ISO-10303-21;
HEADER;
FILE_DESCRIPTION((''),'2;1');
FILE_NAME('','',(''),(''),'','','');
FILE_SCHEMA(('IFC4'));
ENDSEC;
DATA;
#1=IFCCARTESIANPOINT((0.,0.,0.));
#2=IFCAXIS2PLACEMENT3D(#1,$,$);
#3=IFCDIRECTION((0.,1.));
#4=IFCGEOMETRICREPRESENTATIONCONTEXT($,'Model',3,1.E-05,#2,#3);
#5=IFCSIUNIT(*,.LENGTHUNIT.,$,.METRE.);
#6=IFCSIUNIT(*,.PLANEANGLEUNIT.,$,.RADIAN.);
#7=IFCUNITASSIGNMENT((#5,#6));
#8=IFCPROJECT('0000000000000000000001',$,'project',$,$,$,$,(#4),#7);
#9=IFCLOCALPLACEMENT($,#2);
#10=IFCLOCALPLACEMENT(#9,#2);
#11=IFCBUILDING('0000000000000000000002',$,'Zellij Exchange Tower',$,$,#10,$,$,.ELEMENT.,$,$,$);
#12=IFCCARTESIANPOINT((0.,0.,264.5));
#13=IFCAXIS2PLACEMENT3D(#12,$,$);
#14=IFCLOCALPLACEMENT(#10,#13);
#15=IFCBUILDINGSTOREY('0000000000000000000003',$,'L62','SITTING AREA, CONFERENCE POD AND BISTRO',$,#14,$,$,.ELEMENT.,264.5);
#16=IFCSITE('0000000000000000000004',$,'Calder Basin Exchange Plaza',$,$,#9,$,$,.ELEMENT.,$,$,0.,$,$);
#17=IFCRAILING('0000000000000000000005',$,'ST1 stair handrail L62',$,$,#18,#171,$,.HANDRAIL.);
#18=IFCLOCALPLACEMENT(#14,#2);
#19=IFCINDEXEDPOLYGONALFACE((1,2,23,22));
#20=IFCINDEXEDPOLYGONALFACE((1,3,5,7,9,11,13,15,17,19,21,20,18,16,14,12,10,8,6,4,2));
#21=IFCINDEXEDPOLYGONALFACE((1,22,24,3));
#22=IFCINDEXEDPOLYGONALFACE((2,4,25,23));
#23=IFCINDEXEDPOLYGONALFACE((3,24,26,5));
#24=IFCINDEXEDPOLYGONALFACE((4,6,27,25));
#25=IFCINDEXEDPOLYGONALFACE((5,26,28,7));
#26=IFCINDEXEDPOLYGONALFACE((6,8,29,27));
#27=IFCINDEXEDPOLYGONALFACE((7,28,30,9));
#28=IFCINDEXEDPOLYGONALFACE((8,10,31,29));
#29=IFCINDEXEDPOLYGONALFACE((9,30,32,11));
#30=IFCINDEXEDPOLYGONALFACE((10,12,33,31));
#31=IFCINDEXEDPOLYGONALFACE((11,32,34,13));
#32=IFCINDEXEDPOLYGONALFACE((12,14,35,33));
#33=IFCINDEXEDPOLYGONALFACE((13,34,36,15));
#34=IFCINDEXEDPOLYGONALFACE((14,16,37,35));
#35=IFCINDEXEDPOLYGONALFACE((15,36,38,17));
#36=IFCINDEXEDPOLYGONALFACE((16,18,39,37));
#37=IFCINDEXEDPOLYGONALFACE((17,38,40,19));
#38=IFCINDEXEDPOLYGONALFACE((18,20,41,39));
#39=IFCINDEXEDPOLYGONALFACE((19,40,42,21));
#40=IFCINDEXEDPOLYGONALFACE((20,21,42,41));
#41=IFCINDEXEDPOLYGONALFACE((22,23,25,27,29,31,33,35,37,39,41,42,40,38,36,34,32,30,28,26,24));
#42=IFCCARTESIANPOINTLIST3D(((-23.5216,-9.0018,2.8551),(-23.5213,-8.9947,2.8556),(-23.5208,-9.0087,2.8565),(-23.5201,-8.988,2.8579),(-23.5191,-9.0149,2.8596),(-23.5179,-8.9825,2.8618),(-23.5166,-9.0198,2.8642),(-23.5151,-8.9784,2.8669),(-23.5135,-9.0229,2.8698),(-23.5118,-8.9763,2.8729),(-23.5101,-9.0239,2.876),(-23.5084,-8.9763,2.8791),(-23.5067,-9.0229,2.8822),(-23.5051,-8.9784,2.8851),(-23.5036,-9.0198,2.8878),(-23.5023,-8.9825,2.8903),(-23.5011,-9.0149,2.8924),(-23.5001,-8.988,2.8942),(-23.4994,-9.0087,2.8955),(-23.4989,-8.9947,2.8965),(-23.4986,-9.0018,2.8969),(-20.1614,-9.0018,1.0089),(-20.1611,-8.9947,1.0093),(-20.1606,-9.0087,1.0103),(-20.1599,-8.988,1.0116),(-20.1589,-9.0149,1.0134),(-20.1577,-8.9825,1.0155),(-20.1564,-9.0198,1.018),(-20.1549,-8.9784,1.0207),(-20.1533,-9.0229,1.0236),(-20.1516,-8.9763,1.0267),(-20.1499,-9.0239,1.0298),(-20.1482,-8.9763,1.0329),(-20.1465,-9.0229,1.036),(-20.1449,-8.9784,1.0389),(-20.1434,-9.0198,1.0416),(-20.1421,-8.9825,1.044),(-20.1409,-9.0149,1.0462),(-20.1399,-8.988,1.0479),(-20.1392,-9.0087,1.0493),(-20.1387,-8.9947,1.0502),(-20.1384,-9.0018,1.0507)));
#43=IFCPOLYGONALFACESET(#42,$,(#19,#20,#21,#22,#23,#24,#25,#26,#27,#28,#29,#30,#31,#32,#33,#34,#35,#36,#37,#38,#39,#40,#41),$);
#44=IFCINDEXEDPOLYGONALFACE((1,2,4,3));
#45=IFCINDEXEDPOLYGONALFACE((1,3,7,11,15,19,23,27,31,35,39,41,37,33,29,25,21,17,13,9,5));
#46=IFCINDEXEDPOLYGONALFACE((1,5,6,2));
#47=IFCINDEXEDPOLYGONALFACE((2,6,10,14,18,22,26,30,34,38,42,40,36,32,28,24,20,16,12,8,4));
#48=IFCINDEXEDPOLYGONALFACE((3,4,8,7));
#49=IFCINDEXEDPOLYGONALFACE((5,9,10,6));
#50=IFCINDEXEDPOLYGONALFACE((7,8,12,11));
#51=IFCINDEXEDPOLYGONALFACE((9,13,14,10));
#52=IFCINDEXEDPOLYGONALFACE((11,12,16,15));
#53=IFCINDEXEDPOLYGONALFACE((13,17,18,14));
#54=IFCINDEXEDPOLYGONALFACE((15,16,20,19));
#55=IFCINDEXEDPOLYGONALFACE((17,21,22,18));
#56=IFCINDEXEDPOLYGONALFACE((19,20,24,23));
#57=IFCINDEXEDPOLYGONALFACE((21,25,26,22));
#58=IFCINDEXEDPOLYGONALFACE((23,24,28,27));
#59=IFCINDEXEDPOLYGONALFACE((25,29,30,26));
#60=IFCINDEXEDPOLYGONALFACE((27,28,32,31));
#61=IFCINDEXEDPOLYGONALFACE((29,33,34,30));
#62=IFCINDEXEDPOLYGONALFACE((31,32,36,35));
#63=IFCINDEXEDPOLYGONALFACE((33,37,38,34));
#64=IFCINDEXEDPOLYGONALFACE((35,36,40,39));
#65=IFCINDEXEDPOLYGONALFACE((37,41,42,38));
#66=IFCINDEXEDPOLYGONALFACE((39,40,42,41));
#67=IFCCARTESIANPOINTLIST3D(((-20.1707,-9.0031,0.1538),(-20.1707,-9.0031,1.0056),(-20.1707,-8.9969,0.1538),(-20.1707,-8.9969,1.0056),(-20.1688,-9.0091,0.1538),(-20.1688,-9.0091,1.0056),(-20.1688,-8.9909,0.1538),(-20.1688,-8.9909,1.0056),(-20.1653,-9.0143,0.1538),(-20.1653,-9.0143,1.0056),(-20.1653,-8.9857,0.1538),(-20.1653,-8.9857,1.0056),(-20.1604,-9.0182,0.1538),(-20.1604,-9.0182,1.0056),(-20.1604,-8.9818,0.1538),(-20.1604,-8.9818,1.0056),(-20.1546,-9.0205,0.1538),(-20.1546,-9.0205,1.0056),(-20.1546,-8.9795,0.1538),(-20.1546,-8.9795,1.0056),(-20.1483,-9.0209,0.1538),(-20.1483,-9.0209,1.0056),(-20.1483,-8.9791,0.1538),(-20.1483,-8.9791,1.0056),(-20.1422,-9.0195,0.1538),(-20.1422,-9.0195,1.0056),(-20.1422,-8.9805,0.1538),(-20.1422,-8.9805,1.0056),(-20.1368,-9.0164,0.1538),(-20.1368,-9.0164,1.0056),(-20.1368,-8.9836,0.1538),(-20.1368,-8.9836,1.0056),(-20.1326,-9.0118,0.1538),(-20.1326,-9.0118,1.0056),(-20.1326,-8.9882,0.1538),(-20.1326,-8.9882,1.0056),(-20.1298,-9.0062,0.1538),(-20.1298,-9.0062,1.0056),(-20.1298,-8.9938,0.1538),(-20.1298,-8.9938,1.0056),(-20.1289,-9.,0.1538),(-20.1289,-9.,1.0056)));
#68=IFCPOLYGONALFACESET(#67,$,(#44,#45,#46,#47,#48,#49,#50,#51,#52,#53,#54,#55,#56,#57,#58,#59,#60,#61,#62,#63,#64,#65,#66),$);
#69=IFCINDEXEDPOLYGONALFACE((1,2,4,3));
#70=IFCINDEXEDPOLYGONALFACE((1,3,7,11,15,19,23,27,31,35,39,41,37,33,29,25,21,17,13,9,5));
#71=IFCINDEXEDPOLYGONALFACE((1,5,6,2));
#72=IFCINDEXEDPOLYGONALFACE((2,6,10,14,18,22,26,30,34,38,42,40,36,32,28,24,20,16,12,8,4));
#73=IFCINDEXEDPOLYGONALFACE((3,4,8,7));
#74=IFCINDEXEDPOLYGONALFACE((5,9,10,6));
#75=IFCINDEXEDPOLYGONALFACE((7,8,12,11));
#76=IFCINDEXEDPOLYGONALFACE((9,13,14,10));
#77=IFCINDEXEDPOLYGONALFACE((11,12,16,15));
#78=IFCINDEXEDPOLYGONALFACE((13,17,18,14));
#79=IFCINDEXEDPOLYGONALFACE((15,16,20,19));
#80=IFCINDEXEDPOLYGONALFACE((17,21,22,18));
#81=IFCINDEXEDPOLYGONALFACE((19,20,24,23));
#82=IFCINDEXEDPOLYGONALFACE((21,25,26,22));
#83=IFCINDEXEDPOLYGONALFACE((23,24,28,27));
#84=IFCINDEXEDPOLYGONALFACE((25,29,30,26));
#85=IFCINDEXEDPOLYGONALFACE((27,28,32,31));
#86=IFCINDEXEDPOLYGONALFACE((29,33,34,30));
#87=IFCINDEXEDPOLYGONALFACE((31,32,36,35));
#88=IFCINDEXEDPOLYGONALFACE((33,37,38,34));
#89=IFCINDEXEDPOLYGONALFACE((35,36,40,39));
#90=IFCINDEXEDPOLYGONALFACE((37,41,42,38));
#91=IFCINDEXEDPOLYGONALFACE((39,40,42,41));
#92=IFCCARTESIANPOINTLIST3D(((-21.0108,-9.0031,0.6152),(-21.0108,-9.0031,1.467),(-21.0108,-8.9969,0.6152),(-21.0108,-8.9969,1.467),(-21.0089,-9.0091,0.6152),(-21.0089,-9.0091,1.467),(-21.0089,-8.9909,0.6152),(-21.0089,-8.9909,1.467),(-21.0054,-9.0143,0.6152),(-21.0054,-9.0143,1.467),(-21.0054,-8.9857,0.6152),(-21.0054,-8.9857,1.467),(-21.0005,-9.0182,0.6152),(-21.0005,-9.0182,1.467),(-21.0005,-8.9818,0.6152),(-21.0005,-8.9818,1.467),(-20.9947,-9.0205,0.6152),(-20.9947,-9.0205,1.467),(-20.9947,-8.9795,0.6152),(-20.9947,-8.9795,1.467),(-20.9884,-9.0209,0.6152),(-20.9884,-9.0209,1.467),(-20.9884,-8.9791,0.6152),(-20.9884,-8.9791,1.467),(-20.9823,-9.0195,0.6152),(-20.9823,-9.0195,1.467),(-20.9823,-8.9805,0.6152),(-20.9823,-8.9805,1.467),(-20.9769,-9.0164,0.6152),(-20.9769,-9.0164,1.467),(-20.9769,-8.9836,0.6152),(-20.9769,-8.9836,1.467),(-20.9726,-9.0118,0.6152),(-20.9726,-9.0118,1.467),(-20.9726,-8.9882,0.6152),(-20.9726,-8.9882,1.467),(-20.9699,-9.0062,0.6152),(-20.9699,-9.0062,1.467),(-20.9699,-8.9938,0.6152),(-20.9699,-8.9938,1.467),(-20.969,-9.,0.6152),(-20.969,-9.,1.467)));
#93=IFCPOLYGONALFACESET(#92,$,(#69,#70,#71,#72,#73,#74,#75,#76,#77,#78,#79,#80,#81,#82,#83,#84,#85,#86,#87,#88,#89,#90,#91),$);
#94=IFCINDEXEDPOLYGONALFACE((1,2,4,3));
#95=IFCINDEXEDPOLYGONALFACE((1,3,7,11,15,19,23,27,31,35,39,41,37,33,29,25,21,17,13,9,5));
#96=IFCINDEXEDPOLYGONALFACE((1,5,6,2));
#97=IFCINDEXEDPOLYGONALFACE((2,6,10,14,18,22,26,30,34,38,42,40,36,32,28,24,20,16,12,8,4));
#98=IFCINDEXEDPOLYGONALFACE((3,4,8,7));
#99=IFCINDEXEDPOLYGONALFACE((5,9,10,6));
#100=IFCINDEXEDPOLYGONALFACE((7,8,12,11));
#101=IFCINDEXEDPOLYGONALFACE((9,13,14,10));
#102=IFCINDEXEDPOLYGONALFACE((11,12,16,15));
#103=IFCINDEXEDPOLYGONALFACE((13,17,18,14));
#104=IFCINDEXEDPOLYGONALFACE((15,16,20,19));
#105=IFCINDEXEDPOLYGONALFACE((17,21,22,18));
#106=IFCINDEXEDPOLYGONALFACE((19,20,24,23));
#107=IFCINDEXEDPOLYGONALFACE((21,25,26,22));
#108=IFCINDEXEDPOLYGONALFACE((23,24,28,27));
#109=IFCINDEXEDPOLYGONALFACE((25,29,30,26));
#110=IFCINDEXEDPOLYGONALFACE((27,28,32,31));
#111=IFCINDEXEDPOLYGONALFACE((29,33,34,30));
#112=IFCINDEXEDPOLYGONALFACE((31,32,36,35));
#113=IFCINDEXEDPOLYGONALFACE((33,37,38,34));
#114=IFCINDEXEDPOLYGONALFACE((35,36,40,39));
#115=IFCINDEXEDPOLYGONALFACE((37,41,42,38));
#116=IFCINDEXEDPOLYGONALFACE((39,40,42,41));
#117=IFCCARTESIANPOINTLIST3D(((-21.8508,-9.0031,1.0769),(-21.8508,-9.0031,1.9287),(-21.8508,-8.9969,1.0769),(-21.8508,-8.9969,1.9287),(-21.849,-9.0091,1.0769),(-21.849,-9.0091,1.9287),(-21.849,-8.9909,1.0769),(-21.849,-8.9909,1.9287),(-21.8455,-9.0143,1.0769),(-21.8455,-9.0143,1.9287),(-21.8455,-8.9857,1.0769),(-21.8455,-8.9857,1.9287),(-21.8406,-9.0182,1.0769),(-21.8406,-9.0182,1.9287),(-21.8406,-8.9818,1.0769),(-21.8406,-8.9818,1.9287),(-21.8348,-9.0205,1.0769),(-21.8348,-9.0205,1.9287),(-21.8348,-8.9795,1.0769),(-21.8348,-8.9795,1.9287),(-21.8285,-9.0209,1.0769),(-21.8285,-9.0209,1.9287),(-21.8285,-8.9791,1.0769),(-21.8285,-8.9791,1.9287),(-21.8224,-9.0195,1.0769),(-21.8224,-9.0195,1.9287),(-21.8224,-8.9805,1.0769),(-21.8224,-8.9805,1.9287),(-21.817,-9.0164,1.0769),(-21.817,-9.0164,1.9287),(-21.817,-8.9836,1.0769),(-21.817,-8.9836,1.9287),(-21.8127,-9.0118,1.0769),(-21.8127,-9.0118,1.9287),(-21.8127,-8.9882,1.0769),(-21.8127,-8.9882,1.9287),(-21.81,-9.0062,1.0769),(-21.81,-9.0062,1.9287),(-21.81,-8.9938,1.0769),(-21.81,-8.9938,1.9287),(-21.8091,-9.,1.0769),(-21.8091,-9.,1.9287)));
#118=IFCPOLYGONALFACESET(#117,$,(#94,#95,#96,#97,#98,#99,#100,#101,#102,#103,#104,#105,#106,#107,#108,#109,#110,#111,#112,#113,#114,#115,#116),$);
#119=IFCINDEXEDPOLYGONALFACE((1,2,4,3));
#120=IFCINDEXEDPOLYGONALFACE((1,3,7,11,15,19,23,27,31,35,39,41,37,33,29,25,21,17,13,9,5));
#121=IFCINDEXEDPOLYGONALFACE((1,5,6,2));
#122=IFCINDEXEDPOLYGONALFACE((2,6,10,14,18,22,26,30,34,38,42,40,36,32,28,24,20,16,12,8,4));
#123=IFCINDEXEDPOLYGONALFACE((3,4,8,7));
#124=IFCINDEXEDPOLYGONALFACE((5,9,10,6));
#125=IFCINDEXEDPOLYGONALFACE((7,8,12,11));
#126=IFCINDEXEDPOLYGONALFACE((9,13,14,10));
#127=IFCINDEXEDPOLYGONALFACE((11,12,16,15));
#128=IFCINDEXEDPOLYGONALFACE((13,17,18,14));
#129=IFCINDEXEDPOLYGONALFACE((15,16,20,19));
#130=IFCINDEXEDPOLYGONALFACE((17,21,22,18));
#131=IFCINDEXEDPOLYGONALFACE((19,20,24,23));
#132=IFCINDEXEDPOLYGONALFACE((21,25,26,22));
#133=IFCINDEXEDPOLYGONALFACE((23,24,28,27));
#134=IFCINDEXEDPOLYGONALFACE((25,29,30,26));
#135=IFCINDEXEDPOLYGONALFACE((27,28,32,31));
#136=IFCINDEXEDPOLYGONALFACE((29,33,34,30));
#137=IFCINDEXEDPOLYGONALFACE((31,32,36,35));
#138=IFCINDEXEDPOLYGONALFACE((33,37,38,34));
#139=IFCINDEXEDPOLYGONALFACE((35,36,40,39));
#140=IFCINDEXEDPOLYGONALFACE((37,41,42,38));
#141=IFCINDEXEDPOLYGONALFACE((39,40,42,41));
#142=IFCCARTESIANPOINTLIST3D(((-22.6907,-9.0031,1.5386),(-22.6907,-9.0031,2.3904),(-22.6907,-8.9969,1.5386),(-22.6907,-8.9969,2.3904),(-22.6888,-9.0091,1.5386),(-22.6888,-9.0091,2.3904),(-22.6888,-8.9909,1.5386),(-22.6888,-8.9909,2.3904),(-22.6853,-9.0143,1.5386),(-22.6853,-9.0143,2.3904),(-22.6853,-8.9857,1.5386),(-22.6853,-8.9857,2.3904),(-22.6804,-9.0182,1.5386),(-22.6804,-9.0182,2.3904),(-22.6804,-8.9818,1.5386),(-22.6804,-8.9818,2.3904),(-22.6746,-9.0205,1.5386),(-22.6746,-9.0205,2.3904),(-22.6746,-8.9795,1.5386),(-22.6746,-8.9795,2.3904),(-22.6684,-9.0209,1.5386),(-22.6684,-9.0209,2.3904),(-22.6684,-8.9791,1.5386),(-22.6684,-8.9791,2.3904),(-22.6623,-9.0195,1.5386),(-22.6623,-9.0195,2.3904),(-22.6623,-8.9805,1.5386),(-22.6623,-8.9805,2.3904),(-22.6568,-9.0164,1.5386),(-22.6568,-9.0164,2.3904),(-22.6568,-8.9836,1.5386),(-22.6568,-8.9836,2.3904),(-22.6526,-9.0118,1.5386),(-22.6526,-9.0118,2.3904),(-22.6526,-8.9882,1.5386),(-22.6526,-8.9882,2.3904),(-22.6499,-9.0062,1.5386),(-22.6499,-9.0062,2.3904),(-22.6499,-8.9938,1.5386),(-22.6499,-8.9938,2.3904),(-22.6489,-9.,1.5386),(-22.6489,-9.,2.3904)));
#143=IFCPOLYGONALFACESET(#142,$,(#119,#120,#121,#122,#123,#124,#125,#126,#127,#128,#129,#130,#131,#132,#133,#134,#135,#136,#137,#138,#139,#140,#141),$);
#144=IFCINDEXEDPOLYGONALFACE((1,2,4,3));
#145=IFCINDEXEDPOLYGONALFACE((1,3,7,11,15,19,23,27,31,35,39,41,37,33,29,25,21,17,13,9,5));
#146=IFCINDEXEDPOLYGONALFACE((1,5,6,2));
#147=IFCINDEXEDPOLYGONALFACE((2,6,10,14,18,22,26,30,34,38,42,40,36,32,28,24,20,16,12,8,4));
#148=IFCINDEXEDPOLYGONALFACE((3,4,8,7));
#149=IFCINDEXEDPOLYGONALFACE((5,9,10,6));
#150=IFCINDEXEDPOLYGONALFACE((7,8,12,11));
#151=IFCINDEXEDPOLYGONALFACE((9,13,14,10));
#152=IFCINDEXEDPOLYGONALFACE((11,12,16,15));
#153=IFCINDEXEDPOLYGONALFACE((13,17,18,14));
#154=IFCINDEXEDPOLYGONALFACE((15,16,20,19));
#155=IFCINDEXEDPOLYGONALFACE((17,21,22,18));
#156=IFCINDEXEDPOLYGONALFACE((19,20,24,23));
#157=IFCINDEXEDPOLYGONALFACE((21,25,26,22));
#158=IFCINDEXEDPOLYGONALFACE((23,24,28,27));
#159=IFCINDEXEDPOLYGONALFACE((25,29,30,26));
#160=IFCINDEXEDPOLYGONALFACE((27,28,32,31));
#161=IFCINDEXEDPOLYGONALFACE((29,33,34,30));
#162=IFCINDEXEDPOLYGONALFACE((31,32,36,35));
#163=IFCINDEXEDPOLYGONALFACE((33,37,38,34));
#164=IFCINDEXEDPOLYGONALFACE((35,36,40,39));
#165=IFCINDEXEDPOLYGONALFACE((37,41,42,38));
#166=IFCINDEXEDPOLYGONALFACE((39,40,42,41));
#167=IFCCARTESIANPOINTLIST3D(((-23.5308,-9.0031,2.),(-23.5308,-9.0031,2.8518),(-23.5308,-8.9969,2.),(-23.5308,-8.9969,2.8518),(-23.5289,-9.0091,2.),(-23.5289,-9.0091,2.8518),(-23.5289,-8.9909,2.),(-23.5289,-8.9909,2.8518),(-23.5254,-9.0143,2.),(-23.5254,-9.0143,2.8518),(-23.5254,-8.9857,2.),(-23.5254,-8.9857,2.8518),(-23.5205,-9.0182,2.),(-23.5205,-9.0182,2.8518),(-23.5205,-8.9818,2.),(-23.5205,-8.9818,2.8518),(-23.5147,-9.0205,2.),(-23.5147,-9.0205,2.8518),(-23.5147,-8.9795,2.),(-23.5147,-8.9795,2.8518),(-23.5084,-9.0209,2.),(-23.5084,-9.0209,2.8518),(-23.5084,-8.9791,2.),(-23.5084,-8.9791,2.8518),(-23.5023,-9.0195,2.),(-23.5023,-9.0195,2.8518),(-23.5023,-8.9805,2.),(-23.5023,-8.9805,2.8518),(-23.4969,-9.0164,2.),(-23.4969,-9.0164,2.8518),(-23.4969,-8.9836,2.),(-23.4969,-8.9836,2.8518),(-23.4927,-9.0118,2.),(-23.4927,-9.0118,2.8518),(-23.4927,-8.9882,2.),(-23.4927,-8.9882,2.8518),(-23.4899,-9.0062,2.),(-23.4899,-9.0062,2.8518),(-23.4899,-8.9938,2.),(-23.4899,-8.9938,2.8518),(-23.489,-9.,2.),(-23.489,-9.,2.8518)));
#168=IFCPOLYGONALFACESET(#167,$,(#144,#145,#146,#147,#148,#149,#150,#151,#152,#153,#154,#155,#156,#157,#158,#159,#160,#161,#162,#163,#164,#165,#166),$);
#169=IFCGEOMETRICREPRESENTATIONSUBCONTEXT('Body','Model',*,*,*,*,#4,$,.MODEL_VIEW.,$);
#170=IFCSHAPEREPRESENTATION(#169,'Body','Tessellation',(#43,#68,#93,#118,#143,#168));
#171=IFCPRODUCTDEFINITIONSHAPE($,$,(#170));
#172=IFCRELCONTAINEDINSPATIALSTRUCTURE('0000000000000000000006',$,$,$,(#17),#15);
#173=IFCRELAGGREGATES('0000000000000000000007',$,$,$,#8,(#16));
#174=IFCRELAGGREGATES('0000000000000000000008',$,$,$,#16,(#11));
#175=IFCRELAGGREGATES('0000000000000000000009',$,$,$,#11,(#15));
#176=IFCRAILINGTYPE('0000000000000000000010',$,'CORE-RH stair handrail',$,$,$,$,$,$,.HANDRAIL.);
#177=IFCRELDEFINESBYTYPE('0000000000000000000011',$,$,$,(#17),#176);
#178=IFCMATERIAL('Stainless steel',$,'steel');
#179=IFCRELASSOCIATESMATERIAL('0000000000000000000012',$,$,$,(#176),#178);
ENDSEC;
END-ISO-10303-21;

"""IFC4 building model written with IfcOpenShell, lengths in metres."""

from ifc_helpers import new_model, si_unit, direction, frame, origin, origin_2d, place, context, subcontext, project, spatial, circle, extrude, material, type_object, element, save


model = new_model("IFC4")

# Units and contexts
model_context = context("Model", 3, precision=1e-05, world=origin(), true_north=direction((0.0, 1.0)))
body_context = subcontext(model_context, "Body", "Model", "MODEL_VIEW")
ifc_project = project(units=[si_unit("LENGTHUNIT", "METRE"), si_unit("PLANEANGLEUNIT", "RADIAN")], contexts=[model_context])

# Site, building, storey
site_placement = place(None, origin())
site = spatial("IfcSite", under=ifc_project, at=site_placement, Name="Calder Basin Exchange Plaza", CompositionType="ELEMENT", RefElevation=0.0)
building_placement = place(site_placement, origin())
building = spatial("IfcBuilding", under=site, at=building_placement, Name="Zellij Exchange Tower", CompositionType="ELEMENT")
storey_placement = place(building_placement, frame((0.0, 0.0, 264.5)))
storey = spatial("IfcBuildingStorey", under=building, at=storey_placement, Name="L62", Description="SITTING AREA, CONFERENCE POD AND BISTRO", CompositionType="ELEMENT", Elevation=264.5)

# Railing
ifc_material_1 = material(Name="Stainless steel", Category="steel")
railing_type = type_object("IfcRailingType", Name="CORE-RH stair handrail", PredefinedType="HANDRAIL", material=ifc_material_1)
railing_placement = place(storey_placement, frame((-20.1499, -9.0, 0.1538)))
element("IfcRailing", 1, at=railing_placement, inside=storey, type_object=railing_type, Name="ST1 stair handrail L62", PredefinedType="HANDRAIL", context=body_context, shape_type="SweptSolid", body=[
    extrude(circle(Radius=0.0239, at=origin_2d()), frame((0.0, 0.0, 0.876), z_axis=(-0.876422, 0.0, 0.481545), x_axis=(0.0, -1.0, 0.0)), (0.0, 0.0, 1.0), 3.834),
    extrude(circle(Radius=0.021, at=origin_2d()), origin(), (0.0, 0.0, 1.0), 0.8518),
    extrude(circle(Radius=0.021, at=origin_2d()), frame((-0.8401, 0.0, 0.4614)), (0.0, 0.0, 1.0), 0.8518),
    extrude(circle(Radius=0.021, at=origin_2d()), frame((-1.6802, 0.0, 0.9231)), (0.0, 0.0, 1.0), 0.8518),
    extrude(circle(Radius=0.021, at=origin_2d()), frame((-2.52, 0.0, 1.3848)), (0.0, 0.0, 1.0), 0.8518),
    extrude(circle(Radius=0.021, at=origin_2d()), frame((-3.3601, 0.0, 1.8462)), (0.0, 0.0, 1.0), 0.8518),
])

save(model, "model.ifc")
